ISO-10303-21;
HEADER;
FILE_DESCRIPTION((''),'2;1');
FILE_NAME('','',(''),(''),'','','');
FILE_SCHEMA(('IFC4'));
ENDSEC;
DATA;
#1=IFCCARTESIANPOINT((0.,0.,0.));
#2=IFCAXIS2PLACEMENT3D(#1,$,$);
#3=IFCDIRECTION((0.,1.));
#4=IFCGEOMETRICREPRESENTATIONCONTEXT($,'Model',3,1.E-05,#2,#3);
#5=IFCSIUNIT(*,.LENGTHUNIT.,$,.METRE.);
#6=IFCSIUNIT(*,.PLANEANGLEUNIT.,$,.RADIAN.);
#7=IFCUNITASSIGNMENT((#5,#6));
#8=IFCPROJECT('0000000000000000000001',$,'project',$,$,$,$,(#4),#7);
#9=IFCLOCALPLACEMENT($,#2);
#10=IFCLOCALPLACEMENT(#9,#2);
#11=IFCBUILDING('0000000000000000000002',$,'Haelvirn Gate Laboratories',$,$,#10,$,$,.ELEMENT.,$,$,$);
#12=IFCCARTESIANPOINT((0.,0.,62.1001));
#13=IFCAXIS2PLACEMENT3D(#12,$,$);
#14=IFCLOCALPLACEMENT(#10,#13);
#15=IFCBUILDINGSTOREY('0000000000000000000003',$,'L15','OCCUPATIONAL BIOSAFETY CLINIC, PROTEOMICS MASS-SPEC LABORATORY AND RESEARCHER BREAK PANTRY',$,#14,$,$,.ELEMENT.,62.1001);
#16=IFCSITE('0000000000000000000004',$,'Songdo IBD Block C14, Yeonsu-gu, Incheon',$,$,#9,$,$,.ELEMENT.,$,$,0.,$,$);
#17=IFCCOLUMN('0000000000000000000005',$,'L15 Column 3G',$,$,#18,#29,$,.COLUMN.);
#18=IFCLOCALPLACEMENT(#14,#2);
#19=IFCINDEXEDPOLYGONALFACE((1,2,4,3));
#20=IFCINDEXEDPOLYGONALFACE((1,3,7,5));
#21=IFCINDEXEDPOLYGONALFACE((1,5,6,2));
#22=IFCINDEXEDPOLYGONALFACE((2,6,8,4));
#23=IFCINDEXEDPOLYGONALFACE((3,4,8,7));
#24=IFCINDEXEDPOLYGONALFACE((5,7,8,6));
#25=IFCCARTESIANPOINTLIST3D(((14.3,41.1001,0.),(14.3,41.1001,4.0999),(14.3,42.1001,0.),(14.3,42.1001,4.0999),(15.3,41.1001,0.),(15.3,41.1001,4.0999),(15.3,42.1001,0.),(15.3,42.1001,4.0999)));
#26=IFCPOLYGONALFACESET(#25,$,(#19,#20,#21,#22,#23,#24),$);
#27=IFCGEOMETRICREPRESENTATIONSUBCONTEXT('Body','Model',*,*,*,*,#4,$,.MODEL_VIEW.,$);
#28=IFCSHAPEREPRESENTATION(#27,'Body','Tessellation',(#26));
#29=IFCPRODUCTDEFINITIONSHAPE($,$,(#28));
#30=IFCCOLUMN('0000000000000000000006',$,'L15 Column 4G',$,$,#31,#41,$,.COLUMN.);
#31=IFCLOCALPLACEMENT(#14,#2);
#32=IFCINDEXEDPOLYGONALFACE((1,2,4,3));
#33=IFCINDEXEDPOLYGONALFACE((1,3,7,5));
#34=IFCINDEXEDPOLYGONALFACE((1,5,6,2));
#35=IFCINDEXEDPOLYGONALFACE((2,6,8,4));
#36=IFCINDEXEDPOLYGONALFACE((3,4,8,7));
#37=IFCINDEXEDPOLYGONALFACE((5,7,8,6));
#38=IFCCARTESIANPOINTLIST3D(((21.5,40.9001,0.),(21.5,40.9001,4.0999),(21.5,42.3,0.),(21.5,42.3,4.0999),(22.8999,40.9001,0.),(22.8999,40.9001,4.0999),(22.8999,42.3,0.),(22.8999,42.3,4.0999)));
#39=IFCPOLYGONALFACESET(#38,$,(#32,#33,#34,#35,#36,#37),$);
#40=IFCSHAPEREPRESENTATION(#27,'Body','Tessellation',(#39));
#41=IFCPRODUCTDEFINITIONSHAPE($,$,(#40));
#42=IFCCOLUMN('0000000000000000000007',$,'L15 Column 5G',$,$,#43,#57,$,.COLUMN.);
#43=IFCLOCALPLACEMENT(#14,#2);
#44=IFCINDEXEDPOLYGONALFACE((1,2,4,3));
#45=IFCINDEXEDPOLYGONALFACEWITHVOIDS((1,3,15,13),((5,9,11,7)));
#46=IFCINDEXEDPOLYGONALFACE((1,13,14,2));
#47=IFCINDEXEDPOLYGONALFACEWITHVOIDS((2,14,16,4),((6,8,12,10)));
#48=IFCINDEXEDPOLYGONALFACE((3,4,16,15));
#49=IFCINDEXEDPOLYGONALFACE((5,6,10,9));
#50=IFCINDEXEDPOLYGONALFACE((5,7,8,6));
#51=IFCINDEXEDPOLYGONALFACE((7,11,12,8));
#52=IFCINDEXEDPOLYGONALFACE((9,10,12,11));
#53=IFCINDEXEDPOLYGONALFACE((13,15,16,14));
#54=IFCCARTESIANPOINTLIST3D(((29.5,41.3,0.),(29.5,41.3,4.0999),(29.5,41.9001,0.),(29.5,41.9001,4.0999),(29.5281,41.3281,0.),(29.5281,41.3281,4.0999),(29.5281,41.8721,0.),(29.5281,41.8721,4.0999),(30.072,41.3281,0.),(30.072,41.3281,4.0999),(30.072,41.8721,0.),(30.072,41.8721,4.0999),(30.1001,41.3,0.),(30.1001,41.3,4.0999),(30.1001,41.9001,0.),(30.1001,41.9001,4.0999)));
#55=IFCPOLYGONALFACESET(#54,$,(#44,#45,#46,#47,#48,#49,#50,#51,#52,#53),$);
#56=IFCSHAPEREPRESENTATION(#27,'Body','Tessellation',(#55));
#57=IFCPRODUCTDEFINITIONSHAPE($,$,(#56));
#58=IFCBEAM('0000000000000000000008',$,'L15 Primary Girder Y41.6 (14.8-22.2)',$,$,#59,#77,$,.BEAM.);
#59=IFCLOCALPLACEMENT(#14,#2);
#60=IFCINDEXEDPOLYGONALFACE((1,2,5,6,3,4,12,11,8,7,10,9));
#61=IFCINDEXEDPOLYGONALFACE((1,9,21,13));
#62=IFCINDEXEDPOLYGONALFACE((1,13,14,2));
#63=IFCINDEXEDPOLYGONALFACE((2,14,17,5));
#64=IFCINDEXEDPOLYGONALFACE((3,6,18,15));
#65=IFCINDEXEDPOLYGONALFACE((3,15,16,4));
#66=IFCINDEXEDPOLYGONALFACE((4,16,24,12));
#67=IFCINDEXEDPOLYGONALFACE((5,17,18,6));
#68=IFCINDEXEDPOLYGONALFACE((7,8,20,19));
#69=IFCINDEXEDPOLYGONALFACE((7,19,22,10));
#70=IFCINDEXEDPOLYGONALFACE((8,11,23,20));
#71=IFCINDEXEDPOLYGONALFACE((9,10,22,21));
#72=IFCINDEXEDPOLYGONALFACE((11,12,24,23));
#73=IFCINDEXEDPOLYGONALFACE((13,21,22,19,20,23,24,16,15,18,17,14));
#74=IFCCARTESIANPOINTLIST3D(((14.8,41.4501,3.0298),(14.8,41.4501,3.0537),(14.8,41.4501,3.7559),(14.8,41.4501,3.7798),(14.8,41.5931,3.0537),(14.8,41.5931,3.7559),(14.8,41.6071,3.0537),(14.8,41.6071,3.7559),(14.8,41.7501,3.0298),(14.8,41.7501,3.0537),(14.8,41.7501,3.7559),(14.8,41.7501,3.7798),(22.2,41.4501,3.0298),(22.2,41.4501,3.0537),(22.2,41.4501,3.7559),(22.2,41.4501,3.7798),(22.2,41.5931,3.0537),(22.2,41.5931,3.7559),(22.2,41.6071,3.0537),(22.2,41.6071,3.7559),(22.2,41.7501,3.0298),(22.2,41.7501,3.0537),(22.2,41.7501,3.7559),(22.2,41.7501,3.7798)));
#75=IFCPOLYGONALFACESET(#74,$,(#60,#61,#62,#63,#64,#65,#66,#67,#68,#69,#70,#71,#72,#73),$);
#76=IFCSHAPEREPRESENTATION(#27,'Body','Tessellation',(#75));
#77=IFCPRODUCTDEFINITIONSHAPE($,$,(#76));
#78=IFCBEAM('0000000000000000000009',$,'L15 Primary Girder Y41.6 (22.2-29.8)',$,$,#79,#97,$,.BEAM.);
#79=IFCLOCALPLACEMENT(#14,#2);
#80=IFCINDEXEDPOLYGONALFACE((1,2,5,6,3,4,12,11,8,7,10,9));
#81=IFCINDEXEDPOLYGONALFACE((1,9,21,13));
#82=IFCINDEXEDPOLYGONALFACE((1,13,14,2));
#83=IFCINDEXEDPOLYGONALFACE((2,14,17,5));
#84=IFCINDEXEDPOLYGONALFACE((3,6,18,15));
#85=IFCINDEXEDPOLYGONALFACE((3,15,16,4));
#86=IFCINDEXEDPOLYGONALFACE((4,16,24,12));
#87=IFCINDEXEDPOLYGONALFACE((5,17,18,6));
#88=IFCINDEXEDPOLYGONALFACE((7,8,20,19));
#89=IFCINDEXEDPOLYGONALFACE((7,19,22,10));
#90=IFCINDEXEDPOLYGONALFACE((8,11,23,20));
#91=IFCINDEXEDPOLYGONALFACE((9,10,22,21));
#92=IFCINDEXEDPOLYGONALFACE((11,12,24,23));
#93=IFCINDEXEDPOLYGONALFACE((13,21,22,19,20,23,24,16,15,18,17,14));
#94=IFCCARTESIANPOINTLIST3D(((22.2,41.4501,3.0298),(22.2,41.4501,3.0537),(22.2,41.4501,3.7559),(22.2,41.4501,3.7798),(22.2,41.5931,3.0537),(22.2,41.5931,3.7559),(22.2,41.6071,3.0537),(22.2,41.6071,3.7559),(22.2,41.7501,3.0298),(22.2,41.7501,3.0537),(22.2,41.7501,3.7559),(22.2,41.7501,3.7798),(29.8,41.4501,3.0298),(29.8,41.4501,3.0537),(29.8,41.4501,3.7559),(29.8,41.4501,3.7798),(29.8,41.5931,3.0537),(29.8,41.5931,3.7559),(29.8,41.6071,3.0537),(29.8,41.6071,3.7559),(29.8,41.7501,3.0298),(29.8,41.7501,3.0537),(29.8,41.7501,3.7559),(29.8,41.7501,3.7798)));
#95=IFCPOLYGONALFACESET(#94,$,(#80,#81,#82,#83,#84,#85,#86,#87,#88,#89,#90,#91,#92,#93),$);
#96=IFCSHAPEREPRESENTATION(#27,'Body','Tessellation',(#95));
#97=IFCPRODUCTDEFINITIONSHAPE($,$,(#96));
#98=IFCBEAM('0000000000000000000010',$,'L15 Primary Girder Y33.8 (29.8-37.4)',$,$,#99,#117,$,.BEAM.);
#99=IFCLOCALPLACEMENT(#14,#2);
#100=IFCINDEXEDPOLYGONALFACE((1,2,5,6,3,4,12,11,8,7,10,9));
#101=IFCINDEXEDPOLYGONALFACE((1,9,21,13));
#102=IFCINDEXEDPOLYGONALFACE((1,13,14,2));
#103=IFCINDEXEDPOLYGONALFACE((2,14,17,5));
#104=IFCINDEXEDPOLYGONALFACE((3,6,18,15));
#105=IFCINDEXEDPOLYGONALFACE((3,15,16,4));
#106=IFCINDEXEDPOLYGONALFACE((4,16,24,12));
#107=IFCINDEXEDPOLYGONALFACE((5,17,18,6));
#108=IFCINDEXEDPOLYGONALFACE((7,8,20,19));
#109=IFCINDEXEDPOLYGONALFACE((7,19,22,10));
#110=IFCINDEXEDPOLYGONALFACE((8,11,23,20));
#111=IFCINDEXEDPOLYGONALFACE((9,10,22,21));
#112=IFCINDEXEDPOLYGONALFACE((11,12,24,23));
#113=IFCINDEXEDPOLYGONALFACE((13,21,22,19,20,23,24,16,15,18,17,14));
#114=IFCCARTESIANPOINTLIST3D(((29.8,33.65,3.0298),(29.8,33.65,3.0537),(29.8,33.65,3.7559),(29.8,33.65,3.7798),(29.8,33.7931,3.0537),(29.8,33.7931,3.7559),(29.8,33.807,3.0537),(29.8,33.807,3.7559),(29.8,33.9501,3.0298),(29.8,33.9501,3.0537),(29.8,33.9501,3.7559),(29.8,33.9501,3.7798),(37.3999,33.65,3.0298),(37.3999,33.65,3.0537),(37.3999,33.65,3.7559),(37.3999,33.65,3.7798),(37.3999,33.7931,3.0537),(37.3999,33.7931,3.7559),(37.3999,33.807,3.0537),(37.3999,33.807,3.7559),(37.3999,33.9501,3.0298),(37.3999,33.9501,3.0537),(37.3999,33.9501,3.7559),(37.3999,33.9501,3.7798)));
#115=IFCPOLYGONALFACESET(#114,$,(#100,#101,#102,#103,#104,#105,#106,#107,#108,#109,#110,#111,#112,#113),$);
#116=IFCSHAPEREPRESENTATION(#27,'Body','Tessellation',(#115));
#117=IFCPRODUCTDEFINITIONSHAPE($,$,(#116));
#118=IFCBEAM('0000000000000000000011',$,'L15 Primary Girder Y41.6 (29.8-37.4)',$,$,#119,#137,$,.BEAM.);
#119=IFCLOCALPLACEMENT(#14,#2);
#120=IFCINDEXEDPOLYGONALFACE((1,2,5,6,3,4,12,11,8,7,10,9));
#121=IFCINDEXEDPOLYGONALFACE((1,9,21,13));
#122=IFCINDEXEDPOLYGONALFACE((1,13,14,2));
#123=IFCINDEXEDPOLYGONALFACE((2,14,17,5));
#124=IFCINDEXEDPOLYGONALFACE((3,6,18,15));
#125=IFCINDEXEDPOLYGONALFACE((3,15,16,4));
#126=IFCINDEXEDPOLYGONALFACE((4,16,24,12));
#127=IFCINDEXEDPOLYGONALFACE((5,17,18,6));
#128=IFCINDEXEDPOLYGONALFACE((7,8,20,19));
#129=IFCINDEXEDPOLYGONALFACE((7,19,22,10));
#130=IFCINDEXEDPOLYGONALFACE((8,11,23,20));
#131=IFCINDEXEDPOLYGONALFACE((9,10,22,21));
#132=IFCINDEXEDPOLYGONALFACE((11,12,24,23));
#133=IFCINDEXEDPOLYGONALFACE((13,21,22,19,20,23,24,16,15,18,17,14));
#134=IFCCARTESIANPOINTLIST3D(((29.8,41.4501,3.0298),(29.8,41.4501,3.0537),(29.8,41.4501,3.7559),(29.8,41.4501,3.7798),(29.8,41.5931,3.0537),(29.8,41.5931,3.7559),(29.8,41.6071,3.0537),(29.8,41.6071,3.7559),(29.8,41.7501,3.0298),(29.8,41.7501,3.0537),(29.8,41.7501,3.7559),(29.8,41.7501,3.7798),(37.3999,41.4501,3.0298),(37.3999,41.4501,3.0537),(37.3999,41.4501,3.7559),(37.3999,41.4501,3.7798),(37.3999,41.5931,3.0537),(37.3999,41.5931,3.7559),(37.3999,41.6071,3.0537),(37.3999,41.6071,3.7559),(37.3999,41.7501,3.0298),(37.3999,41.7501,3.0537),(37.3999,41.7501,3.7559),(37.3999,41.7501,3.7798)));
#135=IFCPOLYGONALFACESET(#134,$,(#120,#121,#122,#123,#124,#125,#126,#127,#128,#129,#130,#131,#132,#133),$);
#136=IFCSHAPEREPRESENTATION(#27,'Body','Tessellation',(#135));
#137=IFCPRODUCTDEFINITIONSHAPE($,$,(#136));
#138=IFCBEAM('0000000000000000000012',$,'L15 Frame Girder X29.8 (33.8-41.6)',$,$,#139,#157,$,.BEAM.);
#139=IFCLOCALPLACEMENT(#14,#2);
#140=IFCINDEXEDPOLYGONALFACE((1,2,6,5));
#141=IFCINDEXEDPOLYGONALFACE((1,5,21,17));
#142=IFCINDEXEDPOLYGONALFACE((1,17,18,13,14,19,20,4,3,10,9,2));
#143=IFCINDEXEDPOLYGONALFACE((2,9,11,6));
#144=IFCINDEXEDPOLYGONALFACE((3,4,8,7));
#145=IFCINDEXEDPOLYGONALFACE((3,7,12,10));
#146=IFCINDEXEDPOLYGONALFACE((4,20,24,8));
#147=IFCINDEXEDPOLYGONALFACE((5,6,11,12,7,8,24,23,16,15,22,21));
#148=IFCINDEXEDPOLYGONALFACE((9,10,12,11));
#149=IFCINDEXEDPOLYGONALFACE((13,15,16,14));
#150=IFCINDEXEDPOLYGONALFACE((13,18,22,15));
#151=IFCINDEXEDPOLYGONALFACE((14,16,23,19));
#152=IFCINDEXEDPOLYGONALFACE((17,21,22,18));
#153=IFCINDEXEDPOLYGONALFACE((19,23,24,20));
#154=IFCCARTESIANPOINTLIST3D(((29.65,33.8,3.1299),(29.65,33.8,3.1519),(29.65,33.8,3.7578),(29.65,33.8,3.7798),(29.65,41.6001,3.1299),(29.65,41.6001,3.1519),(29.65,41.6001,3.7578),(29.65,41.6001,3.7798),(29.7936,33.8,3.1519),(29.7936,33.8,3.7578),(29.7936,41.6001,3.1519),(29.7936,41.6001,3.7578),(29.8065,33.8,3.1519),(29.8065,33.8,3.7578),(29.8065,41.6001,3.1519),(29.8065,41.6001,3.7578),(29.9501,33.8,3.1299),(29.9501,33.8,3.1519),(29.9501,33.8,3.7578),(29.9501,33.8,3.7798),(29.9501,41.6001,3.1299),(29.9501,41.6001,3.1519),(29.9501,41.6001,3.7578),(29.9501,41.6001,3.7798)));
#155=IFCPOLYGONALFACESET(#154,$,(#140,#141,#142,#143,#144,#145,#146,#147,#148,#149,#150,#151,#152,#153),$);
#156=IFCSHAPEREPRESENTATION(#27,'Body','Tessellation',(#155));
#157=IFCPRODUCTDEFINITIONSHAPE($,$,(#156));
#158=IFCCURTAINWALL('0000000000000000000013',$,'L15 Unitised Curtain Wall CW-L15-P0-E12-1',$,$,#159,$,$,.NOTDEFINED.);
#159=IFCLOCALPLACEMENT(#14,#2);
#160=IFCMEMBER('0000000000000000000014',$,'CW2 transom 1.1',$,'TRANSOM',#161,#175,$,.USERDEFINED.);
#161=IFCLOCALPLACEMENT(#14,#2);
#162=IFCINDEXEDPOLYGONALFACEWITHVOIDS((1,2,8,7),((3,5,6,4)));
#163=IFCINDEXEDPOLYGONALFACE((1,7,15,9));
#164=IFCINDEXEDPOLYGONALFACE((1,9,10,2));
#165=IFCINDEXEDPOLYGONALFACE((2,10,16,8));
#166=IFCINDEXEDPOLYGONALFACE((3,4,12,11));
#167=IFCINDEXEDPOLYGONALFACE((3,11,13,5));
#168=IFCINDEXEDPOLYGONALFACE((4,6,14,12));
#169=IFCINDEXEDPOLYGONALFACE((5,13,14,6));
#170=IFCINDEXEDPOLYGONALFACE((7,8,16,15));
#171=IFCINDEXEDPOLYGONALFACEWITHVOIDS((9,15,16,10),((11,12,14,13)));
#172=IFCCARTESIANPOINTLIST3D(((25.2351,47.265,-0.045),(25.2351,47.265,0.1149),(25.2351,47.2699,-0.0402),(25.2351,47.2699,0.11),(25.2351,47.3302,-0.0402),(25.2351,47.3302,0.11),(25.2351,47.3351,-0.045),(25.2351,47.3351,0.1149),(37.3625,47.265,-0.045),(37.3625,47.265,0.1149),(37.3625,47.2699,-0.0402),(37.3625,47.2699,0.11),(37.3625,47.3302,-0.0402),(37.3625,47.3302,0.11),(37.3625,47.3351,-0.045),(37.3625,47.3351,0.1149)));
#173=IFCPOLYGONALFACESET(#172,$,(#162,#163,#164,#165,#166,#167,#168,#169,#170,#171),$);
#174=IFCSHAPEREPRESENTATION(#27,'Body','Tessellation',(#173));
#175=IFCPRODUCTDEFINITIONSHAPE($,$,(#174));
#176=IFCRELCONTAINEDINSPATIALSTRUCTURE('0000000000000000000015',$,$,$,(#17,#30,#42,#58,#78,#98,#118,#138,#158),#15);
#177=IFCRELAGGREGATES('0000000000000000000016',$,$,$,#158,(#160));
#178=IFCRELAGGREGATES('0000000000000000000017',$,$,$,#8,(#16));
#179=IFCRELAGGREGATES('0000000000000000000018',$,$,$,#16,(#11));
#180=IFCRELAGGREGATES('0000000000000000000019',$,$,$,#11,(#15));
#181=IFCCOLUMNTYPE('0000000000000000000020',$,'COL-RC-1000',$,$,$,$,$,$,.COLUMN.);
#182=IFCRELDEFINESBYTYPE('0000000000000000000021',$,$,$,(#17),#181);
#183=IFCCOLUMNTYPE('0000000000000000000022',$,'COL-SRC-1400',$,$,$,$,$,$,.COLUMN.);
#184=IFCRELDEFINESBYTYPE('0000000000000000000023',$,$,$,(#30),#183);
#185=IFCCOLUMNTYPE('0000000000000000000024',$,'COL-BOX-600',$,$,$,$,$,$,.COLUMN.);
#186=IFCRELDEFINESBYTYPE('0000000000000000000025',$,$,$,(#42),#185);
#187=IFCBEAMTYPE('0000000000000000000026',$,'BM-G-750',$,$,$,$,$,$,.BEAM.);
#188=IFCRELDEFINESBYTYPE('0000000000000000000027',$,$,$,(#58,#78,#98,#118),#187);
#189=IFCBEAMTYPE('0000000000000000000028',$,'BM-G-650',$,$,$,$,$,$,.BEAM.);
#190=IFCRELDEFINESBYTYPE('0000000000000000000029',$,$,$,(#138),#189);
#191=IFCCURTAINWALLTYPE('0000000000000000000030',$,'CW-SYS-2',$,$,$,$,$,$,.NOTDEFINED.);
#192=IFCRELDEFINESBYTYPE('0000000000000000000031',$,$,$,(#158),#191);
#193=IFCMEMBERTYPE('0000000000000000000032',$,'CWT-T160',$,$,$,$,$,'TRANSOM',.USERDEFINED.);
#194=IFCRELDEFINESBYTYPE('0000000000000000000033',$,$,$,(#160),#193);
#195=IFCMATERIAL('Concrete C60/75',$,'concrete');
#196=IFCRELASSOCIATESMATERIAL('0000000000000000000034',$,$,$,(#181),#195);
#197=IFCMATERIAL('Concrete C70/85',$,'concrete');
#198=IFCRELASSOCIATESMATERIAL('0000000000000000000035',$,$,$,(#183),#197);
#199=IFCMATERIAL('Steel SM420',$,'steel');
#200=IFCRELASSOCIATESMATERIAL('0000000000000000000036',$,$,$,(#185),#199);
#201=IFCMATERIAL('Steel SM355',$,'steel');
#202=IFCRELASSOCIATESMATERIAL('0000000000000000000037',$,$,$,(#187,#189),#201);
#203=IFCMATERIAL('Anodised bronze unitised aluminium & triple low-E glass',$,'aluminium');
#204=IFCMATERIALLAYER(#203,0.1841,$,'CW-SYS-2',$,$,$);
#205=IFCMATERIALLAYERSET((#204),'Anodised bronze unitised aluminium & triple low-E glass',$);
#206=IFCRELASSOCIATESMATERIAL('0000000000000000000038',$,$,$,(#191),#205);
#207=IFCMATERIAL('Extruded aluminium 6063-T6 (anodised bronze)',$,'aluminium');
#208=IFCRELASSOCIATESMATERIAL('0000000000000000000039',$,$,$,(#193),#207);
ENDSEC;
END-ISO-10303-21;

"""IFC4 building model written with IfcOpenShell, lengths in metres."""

from ifc_helpers import new_model, si_unit, direction, frame, origin, origin_2d, place, context, subcontext, project, spatial, rectangle, hollow_rectangle, i_section, extrude, source, transform, mapped, material, layer, layer_set, material_profile, profile_set, type_object, type_shapes, element, aggregate, save


model = new_model("IFC4")

# Units and contexts
model_context = context("Model", 3, precision=1e-05, world=origin(), true_north=direction((0.0, 1.0)))
body_context = subcontext(model_context, "Body", "Model", "MODEL_VIEW")
ifc_project = project(units=[si_unit("LENGTHUNIT", "METRE"), si_unit("PLANEANGLEUNIT", "RADIAN")], contexts=[model_context])

# Site, building, storey
site_placement = place(None, origin())
site = spatial("IfcSite", under=ifc_project, at=site_placement, Name="Songdo IBD Block C14, Yeonsu-gu, Incheon", CompositionType="ELEMENT", RefElevation=0.0)
building_placement = place(site_placement, origin())
building = spatial("IfcBuilding", under=site, at=building_placement, Name="Haelvirn Gate Laboratories", CompositionType="ELEMENT")
storey_placement = place(building_placement, frame((0.0, 0.0, 62.1001)))
storey = spatial("IfcBuildingStorey", under=building, at=storey_placement, Name="L15", Description="OCCUPATIONAL BIOSAFETY CLINIC, PROTEOMICS MASS-SPEC LABORATORY AND RESEARCHER BREAK PANTRY", CompositionType="ELEMENT", Elevation=62.1001)

# Columns
ifc_material_1 = material(Name="Concrete C60/75", Category="concrete")
ifc_material_profile_1 = material_profile(ifc_material_1, rectangle(XDim=1.0, YDim=1.0, at=origin_2d()), Name="RC-1000x1000")
ifc_profile_set_1 = profile_set([ifc_material_profile_1], Name="Concrete C60/75")
column_type_1 = type_object("IfcColumnType", Name="COL-RC-1000", PredefinedType="COLUMN", material=ifc_profile_set_1)
shared_shape_1 = source(origin(), body_context, "Body", "SweptSolid", [
    extrude(rectangle(XDim=1.0, YDim=1.0, at=origin_2d()), origin(), (0.0, 0.0, 1.0), 4.0999),
])
type_shapes(column_type_1, [shared_shape_1])
column_1_placement = place(storey_placement, frame((14.8, 41.6001, 0.0), z_axis=(0.0, 0.0, 1.0), x_axis=(1.0, 0.0, 0.0)))
element("IfcColumn", 1, at=column_1_placement, inside=storey, type_object=column_type_1, Name="L15 Column 3G", PredefinedType="COLUMN", context=body_context, shape_type="MappedRepresentation", body=[
    mapped(shared_shape_1, transform((0.0, 0.0, 0.0), scale=1.0)),
])
ifc_material_2 = material(Name="Concrete C70/85", Category="concrete")
ifc_material_profile_2 = material_profile(ifc_material_2, rectangle(XDim=1.3999, YDim=1.3999, at=origin_2d()), Name="SRC-1400x1400")
ifc_profile_set_2 = profile_set([ifc_material_profile_2], Name="Concrete C70/85")
column_type_2 = type_object("IfcColumnType", Name="COL-SRC-1400", PredefinedType="COLUMN", material=ifc_profile_set_2)
shared_shape_2 = source(origin(), body_context, "Body", "SweptSolid", [
    extrude(rectangle(XDim=1.3999, YDim=1.3999, at=origin_2d()), origin(), (0.0, 0.0, 1.0), 4.0999),
])
type_shapes(column_type_2, [shared_shape_2])
column_2_placement = place(storey_placement, frame((22.2, 41.6001, 0.0), z_axis=(0.0, 0.0, 1.0), x_axis=(1.0, 0.0, 0.0)))
element("IfcColumn", 2, at=column_2_placement, inside=storey, type_object=column_type_2, Name="L15 Column 4G", PredefinedType="COLUMN", context=body_context, shape_type="MappedRepresentation", body=[
    mapped(shared_shape_2, transform((0.0, 0.0, 0.0), scale=1.0)),
])
ifc_material_3 = material(Name="Steel SM420", Category="steel")
ifc_material_profile_3 = material_profile(ifc_material_3, hollow_rectangle(XDim=0.6001, YDim=0.6001, WallThickness=0.0281, at=origin_2d()), Name="BOX-600x600x28")
ifc_profile_set_3 = profile_set([ifc_material_profile_3], Name="Steel SM420")
column_type_3 = type_object("IfcColumnType", Name="COL-BOX-600", PredefinedType="COLUMN", material=ifc_profile_set_3)
shared_shape_3 = source(origin(), body_context, "Body", "SweptSolid", [
    extrude(hollow_rectangle(XDim=0.6001, YDim=0.6001, WallThickness=0.0281, at=origin_2d()), origin(), (0.0, 0.0, 1.0), 4.0999),
])
type_shapes(column_type_3, [shared_shape_3])
column_3_placement = place(storey_placement, frame((29.8, 41.6001, 0.0), z_axis=(0.0, 0.0, 1.0), x_axis=(1.0, 0.0, 0.0)))
element("IfcColumn", 3, at=column_3_placement, inside=storey, type_object=column_type_3, Name="L15 Column 5G", PredefinedType="COLUMN", context=body_context, shape_type="MappedRepresentation", body=[
    mapped(shared_shape_3, transform((0.0, 0.0, 0.0), scale=1.0)),
])

# Beams
ifc_material_4 = material(Name="Steel SM355", Category="steel")
ifc_material_profile_4 = material_profile(ifc_material_4, i_section(OverallWidth=0.3, OverallDepth=0.75, WebThickness=0.0139, FlangeThickness=0.0239, at=origin_2d()), Name="H-750x300x14x24")
ifc_profile_set_4 = profile_set([ifc_material_profile_4], Name="Steel SM355")
beam_type_1 = type_object("IfcBeamType", Name="BM-G-750", PredefinedType="BEAM", material=ifc_profile_set_4)
shared_shape_4 = source(origin(), body_context, "Body", "SweptSolid", [
    extrude(i_section(OverallWidth=0.3, OverallDepth=0.75, WebThickness=0.0139, FlangeThickness=0.0239, at=origin_2d()), origin(), (0.0, 0.0, 1.0), 7.3999),
])
beam_1_placement = place(storey_placement, frame((14.8, 41.6001, 3.4048), z_axis=(1.0, 0.0, 0.0), x_axis=(0.0, 1.0, 0.0)))
element("IfcBeam", 4, at=beam_1_placement, inside=storey, type_object=beam_type_1, Name="L15 Primary Girder Y41.6 (14.8-22.2)", PredefinedType="BEAM", context=body_context, shape_type="MappedRepresentation", body=[
    mapped(shared_shape_4, transform((0.0, 0.0, 0.0), scale=1.0)),
])
shared_shape_5 = source(origin(), body_context, "Body", "SweptSolid", [
    extrude(i_section(OverallWidth=0.3, OverallDepth=0.75, WebThickness=0.0139, FlangeThickness=0.0239, at=origin_2d()), origin(), (0.0, 0.0, 1.0), 7.6001),
])
beam_2_placement = place(storey_placement, frame((22.2, 41.6001, 3.4048), z_axis=(1.0, 0.0, 0.0), x_axis=(0.0, 1.0, 0.0)))
element("IfcBeam", 5, at=beam_2_placement, inside=storey, type_object=beam_type_1, Name="L15 Primary Girder Y41.6 (22.2-29.8)", PredefinedType="BEAM", context=body_context, shape_type="MappedRepresentation", body=[
    mapped(shared_shape_5, transform((0.0, 0.0, 0.0), scale=1.0)),
])
shared_shape_6 = source(origin(), body_context, "Body", "SweptSolid", [
    extrude(i_section(OverallWidth=0.3, OverallDepth=0.75, WebThickness=0.0139, FlangeThickness=0.0239, at=origin_2d()), origin(), (0.0, 0.0, 1.0), 7.5999),
])
type_shapes(beam_type_1, [shared_shape_4, shared_shape_5, shared_shape_6])
for number, where, z_axis, x_axis, name in (
    (6, (29.8, 33.8, 3.4048), (1.0, 0.0, 0.0), (0.0, 1.0, 0.0), "L15 Primary Girder Y33.8 (29.8-37.4)"),
    (7, (29.8, 41.6001, 3.4048), (1.0, 0.0, 0.0), (0.0, 1.0, 0.0), "L15 Primary Girder Y41.6 (29.8-37.4)"),
):
    element("IfcBeam", number, at=place(storey_placement, frame(where, z_axis=z_axis, x_axis=x_axis)), inside=storey, type_object=beam_type_1, Name=name, PredefinedType="BEAM", context=body_context, shape_type="MappedRepresentation", body=[
        mapped(shared_shape_6, transform((0.0, 0.0, 0.0), scale=1.0)),
    ])
ifc_material_profile_5 = material_profile(ifc_material_4, i_section(OverallWidth=0.3, OverallDepth=0.6499, WebThickness=0.0129, FlangeThickness=0.022, at=origin_2d()), Name="H-650x300x13x22")
ifc_profile_set_5 = profile_set([ifc_material_profile_5], Name="Steel SM355")
beam_type_2 = type_object("IfcBeamType", Name="BM-G-650", PredefinedType="BEAM", material=ifc_profile_set_5)
shared_shape_7 = source(origin(), body_context, "Body", "SweptSolid", [
    extrude(i_section(OverallWidth=0.3, OverallDepth=0.6499, WebThickness=0.0129, FlangeThickness=0.022, at=origin_2d()), origin(), (0.0, 0.0, 1.0), 7.8),
])
type_shapes(beam_type_2, [shared_shape_7])
beam_3_placement = place(storey_placement, frame((29.8, 33.8, 3.4548), z_axis=(0.0, 1.0, 0.0), x_axis=(-1.0, 0.0, 0.0)))
element("IfcBeam", 8, at=beam_3_placement, inside=storey, type_object=beam_type_2, Name="L15 Frame Girder X29.8 (33.8-41.6)", PredefinedType="BEAM", context=body_context, shape_type="MappedRepresentation", body=[
    mapped(shared_shape_7, transform((0.0, 0.0, 0.0), scale=1.0)),
])

# Curtain wall, member
ifc_material_5 = material(Name="Anodised bronze unitised aluminium & triple low-E glass", Category="aluminium")
ifc_layer_1 = layer(ifc_material_5, 0.1841, Name="CW-SYS-2")
ifc_layer_set_1 = layer_set([ifc_layer_1], Name="Anodised bronze unitised aluminium & triple low-E glass")
curtain_wall_type = type_object("IfcCurtainWallType", Name="CW-SYS-2", PredefinedType="NOTDEFINED", material=ifc_layer_set_1)
curtain_wall_1_placement = place(storey_placement, origin())
curtain_wall_1 = element("IfcCurtainWall", 9, at=curtain_wall_1_placement, inside=storey, type_object=curtain_wall_type, Name="L15 Unitised Curtain Wall CW-L15-P0-E12-1", PredefinedType="NOTDEFINED")
ifc_material_6 = material(Name="Extruded aluminium 6063-T6 (anodised bronze)", Category="aluminium")
ifc_material_profile_6 = material_profile(ifc_material_6, hollow_rectangle(XDim=0.0701, YDim=0.1599, WallThickness=0.0049, at=origin_2d()), Name="CWT-160x70x5")
ifc_profile_set_6 = profile_set([ifc_material_profile_6], Name="Extruded aluminium 6063-T6 (anodised bronze)")
member_type_1 = type_object("IfcMemberType", Name="CWT-T160", ElementType="TRANSOM", PredefinedType="USERDEFINED", material=ifc_profile_set_6)
shared_shape_8 = source(origin(), body_context, "Body", "SweptSolid", [
    extrude(hollow_rectangle(XDim=0.0701, YDim=0.1599, WallThickness=0.0049, at=origin_2d()), origin(), (0.0, 0.0, 1.0), 12.1274),
])
member_1_placement = place(storey_placement, frame((25.2351, 47.3, 0.0349), z_axis=(1.0, 0.0, 0.0), x_axis=(0.0, 1.0, 0.0)))
member_1 = element("IfcMember", 10, at=member_1_placement, type_object=member_type_1, Name="CW2 transom 1.1", ObjectType="TRANSOM", PredefinedType="USERDEFINED", context=body_context, shape_type="MappedRepresentation", body=[
    mapped(shared_shape_8, transform((0.0, 0.0, 0.0), scale=1.0)),
])

aggregate(curtain_wall_1, [member_1])

save(model, "model.ifc")
